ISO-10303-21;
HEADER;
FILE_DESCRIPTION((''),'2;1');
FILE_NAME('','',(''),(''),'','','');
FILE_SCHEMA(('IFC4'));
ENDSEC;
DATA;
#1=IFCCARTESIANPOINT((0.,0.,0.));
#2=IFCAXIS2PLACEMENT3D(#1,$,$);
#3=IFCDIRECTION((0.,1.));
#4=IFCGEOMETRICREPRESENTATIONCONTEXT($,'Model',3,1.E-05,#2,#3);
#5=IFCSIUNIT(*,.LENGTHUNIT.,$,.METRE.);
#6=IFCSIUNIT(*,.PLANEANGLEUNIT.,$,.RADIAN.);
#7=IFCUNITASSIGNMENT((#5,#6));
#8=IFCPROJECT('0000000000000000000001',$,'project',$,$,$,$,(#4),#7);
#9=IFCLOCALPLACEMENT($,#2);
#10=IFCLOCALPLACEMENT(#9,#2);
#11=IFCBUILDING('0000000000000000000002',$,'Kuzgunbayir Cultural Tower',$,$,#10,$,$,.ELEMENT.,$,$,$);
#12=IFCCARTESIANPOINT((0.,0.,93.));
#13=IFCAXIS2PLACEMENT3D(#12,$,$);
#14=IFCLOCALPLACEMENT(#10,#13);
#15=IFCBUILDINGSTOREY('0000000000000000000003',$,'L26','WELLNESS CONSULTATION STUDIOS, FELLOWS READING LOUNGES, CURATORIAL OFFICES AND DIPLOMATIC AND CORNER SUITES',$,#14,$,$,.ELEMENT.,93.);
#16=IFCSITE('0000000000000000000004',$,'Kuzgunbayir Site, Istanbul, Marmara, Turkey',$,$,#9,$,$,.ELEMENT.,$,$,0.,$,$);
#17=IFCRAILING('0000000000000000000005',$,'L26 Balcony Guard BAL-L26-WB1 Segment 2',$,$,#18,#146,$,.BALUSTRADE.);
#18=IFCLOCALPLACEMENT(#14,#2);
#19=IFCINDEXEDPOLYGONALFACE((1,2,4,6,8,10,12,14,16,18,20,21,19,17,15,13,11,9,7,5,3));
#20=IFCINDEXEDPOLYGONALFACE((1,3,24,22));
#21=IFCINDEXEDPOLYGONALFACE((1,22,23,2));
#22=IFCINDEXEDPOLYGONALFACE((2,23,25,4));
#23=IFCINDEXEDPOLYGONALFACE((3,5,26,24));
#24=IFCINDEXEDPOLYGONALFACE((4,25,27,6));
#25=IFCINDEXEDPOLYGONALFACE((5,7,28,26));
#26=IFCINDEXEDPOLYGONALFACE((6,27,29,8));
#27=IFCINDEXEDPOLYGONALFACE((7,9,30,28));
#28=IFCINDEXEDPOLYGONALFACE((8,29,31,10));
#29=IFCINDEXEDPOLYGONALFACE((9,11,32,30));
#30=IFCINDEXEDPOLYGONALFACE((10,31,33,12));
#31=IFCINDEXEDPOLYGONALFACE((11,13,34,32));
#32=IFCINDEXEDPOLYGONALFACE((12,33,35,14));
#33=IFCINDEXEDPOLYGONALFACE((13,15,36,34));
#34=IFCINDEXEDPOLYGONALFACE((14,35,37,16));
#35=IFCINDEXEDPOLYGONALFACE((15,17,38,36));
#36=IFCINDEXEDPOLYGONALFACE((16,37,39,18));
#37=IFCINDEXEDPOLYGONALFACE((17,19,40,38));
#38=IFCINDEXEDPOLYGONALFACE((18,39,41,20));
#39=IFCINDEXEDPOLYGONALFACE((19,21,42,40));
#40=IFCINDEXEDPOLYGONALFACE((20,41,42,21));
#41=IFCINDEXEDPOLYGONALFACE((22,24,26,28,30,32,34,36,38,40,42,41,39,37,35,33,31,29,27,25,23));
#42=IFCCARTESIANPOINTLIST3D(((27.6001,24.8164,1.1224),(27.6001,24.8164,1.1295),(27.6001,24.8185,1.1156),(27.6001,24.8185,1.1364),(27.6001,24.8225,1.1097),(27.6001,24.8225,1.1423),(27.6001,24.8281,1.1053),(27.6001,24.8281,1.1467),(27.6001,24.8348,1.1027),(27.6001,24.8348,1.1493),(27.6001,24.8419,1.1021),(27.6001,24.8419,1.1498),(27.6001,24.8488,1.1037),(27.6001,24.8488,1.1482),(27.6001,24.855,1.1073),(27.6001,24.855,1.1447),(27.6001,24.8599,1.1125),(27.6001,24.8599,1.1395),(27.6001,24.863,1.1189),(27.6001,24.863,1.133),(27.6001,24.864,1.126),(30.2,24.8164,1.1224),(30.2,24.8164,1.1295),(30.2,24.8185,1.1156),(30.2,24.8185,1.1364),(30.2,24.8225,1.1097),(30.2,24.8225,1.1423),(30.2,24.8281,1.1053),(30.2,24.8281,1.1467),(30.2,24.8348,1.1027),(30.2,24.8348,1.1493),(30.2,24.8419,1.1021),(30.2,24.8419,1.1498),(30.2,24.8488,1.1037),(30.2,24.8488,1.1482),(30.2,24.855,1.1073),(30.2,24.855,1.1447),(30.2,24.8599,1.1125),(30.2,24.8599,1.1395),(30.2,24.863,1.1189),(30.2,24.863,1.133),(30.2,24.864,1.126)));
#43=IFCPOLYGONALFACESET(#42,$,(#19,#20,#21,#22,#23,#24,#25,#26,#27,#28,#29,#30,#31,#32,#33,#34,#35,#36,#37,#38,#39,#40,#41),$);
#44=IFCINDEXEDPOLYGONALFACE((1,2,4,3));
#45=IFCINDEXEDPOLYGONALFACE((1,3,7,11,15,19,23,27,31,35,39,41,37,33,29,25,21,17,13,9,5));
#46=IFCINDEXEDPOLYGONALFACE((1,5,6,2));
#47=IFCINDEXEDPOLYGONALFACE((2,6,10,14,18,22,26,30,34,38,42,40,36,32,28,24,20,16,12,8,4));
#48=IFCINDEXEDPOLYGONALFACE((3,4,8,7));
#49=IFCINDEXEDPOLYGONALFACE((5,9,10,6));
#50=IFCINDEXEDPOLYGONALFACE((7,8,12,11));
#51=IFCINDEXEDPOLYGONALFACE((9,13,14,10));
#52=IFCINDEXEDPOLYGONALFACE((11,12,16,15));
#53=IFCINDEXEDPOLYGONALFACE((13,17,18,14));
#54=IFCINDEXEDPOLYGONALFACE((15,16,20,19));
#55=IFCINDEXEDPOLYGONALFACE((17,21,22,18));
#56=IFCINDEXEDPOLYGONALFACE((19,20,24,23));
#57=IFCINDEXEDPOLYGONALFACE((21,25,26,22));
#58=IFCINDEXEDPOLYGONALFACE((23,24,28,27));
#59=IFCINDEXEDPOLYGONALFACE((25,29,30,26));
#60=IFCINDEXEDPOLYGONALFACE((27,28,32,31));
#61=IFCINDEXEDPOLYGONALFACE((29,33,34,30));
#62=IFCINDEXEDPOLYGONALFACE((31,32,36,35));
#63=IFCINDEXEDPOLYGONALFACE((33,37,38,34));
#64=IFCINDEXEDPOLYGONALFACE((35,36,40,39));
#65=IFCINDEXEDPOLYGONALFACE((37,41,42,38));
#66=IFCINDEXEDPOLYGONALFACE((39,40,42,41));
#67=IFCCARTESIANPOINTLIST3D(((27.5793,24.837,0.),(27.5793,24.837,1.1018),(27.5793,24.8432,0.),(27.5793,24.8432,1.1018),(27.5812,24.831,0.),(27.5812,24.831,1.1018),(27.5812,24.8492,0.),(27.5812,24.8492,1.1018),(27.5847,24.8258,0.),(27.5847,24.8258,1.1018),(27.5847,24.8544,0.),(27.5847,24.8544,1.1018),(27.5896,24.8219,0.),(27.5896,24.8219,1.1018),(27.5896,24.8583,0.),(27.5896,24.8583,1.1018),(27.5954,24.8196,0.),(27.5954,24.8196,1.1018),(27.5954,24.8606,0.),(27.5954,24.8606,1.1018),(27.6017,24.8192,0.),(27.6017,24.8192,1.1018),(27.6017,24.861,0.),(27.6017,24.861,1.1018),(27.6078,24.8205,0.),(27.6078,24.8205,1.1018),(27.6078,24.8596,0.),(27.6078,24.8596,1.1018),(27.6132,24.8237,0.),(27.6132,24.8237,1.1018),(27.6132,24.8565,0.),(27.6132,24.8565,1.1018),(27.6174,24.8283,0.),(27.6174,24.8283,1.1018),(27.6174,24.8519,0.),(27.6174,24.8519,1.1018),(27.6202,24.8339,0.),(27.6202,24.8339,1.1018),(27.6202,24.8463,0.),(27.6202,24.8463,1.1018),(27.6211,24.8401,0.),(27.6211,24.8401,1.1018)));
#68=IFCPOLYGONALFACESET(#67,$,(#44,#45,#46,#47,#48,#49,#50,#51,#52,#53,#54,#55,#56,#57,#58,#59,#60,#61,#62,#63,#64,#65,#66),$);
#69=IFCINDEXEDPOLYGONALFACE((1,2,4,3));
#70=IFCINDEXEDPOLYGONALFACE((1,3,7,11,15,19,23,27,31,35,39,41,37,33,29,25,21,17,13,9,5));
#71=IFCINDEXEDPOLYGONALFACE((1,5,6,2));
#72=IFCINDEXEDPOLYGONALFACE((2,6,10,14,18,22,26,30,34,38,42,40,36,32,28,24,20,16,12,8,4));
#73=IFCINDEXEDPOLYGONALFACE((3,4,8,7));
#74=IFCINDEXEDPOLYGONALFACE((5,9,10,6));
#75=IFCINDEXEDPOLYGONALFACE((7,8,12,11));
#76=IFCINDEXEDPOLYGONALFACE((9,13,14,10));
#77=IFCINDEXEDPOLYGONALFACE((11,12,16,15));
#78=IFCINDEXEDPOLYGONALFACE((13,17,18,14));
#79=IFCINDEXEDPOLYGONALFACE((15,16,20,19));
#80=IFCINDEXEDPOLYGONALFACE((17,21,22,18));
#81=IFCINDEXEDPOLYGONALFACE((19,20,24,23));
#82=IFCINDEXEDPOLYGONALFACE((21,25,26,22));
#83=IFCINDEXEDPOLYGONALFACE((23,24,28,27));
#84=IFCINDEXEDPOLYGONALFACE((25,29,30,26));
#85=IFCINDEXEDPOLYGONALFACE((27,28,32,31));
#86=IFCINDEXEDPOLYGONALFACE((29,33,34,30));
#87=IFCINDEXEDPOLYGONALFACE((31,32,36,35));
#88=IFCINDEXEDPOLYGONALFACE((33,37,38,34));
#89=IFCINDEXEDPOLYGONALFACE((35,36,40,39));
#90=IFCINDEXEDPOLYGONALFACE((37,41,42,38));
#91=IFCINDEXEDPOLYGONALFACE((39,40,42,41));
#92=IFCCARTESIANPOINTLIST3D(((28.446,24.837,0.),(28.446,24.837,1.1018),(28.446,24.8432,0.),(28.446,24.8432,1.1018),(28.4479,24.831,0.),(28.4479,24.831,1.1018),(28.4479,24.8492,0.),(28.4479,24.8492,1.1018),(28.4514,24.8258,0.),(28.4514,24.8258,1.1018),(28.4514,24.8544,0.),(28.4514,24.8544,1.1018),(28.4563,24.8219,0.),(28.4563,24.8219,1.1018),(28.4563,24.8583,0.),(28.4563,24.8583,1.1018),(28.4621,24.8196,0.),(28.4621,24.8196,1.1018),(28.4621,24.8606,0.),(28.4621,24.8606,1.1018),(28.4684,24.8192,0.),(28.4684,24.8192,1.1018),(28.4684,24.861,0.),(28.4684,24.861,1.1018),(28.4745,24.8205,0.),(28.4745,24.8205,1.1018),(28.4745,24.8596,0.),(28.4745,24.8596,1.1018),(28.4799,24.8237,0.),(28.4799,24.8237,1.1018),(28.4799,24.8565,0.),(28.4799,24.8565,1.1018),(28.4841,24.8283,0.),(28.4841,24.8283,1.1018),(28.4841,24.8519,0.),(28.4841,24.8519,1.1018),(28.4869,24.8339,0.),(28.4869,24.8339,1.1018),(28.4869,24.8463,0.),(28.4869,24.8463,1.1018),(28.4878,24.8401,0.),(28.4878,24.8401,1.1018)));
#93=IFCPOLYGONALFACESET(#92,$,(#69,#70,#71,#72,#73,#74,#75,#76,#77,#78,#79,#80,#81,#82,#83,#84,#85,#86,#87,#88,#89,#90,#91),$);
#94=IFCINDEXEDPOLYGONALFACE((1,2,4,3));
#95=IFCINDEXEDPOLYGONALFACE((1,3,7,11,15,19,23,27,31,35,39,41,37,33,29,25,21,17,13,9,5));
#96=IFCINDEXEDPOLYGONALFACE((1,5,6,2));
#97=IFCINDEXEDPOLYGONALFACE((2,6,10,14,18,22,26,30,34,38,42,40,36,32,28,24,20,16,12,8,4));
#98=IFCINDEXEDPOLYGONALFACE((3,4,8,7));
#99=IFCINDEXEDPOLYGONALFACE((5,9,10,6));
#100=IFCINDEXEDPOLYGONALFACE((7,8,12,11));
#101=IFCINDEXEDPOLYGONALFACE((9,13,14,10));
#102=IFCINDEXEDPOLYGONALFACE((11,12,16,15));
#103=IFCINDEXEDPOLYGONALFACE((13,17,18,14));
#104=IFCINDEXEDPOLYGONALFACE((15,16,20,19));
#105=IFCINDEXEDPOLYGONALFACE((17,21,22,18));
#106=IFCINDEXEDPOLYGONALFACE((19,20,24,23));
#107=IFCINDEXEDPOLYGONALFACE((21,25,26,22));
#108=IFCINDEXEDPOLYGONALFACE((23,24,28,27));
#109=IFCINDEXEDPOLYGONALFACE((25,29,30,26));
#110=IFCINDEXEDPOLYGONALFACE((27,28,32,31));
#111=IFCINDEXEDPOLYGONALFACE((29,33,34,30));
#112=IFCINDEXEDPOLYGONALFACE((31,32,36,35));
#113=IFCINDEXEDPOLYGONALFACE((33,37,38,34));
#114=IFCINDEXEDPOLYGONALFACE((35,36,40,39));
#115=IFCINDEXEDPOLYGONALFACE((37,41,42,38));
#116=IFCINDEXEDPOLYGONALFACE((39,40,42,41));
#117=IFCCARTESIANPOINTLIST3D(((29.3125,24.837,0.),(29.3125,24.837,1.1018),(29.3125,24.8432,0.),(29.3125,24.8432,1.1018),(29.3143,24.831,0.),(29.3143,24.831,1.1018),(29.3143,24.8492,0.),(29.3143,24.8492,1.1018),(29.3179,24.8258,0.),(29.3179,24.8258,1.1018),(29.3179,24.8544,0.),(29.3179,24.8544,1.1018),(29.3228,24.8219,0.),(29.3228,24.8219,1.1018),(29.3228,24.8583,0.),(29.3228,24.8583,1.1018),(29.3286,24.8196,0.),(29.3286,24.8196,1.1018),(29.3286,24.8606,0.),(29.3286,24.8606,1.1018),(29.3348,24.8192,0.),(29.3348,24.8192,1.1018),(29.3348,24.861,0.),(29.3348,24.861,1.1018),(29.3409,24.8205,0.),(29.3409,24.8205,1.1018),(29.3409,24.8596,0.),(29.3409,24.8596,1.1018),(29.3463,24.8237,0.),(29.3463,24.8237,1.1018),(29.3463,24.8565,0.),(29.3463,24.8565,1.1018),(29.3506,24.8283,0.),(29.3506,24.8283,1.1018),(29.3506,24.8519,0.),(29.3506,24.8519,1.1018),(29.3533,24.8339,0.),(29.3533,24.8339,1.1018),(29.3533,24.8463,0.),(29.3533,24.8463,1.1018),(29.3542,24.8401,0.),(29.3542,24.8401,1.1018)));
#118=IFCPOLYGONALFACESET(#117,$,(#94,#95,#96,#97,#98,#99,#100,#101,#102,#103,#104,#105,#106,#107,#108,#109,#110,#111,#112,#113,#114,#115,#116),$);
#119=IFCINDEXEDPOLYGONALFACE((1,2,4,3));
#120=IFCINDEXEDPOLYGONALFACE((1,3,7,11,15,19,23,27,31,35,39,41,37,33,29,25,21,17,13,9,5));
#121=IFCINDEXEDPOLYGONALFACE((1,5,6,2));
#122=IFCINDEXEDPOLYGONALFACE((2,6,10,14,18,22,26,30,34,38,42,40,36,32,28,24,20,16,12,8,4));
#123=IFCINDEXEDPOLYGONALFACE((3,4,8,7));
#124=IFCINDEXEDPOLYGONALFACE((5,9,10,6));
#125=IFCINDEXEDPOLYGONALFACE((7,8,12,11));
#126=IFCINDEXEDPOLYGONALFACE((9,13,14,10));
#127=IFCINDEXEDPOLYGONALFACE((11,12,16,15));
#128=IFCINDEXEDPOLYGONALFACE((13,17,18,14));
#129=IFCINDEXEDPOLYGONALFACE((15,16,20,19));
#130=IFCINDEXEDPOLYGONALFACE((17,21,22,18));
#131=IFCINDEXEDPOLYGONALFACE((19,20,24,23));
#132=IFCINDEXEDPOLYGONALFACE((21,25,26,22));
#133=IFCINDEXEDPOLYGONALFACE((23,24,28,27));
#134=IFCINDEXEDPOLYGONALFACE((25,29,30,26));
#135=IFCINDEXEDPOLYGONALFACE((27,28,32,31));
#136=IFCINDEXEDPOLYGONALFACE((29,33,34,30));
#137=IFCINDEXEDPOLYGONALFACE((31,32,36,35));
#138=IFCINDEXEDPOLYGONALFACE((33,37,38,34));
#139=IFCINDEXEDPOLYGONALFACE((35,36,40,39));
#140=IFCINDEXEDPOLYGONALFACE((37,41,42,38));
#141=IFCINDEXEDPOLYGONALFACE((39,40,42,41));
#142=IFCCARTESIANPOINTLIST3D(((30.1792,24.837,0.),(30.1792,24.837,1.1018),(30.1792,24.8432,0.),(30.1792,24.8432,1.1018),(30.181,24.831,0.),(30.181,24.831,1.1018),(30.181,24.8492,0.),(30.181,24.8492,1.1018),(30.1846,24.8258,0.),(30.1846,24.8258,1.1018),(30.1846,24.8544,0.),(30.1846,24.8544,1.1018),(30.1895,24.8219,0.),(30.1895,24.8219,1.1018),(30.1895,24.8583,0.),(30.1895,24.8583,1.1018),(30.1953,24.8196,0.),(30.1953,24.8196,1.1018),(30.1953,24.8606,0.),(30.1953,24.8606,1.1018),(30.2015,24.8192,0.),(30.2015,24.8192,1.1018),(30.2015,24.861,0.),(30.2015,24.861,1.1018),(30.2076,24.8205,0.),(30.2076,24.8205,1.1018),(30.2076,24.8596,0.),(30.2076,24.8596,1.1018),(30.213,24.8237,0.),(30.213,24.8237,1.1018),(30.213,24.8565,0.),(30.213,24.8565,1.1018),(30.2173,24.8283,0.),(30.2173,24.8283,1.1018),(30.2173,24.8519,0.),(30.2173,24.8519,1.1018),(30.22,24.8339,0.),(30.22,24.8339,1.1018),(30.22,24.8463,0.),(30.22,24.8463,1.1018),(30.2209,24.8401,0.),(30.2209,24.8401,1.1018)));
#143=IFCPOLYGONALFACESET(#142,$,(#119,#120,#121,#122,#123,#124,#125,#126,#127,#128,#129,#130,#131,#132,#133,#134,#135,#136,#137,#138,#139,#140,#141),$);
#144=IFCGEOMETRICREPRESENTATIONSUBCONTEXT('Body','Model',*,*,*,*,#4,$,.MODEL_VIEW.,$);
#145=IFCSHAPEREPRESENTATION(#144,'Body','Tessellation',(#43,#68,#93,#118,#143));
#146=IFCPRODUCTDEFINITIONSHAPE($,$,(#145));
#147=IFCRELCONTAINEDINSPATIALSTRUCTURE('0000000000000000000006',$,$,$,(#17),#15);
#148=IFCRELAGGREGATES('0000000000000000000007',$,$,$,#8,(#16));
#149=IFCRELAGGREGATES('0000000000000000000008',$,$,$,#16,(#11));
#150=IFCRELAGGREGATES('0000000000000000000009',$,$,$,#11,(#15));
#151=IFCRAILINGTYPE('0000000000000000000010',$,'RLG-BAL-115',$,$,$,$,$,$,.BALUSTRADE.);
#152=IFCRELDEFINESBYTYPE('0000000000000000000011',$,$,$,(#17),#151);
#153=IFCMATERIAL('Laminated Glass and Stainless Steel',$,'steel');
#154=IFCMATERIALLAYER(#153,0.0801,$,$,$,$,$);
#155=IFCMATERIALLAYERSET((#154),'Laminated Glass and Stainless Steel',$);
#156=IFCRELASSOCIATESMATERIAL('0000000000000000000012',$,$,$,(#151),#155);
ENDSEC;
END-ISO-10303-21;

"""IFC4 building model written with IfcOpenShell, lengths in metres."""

from ifc_helpers import new_model, si_unit, direction, frame, origin, origin_2d, place, context, subcontext, project, spatial, circle, extrude, material, layer, layer_set, type_object, element, save


model = new_model("IFC4")

# Units and contexts
model_context = context("Model", 3, precision=1e-05, world=origin(), true_north=direction((0.0, 1.0)))
body_context = subcontext(model_context, "Body", "Model", "MODEL_VIEW")
ifc_project = project(units=[si_unit("LENGTHUNIT", "METRE"), si_unit("PLANEANGLEUNIT", "RADIAN")], contexts=[model_context])

# Site, building, storey
site_placement = place(None, origin())
site = spatial("IfcSite", under=ifc_project, at=site_placement, Name="Kuzgunbayir Site, Istanbul, Marmara, Turkey", CompositionType="ELEMENT", RefElevation=0.0)
building_placement = place(site_placement, origin())
building = spatial("IfcBuilding", under=site, at=building_placement, Name="Kuzgunbayir Cultural Tower", CompositionType="ELEMENT")
storey_placement = place(building_placement, frame((0.0, 0.0, 93.0)))
storey = spatial("IfcBuildingStorey", under=building, at=storey_placement, Name="L26", Description="WELLNESS CONSULTATION STUDIOS, FELLOWS READING LOUNGES, CURATORIAL OFFICES AND DIPLOMATIC AND CORNER SUITES", CompositionType="ELEMENT", Elevation=93.0)

# Railing
ifc_material_1 = material(Name="Laminated Glass and Stainless Steel", Category="steel")
ifc_layer_1 = layer(ifc_material_1, 0.0801)
ifc_layer_set_1 = layer_set([ifc_layer_1], Name="Laminated Glass and Stainless Steel")
railing_type = type_object("IfcRailingType", Name="RLG-BAL-115", PredefinedType="BALUSTRADE", material=ifc_layer_set_1)
railing_1_placement = place(storey_placement, frame((27.6001, 24.8401, 0.0)))
element("IfcRailing", 1, at=railing_1_placement, inside=storey, type_object=railing_type, Name="L26 Balcony Guard BAL-L26-WB1 Segment 2", PredefinedType="BALUSTRADE", context=body_context, shape_type="SweptSolid", body=[
    extrude(circle(Radius=0.0239, at=origin_2d()), frame((0.0, 0.0, 1.126), z_axis=(1.0, 0.0, 0.0), x_axis=(0.0, 1.0, 0.0)), (0.0, 0.0, 1.0), 2.5999),
    extrude(circle(Radius=0.021, at=origin_2d()), origin(), (0.0, 0.0, 1.0), 1.1018),
    extrude(circle(Radius=0.021, at=origin_2d()), frame((0.8667, 0.0, 0.0)), (0.0, 0.0, 1.0), 1.1018),
    extrude(circle(Radius=0.021, at=origin_2d()), frame((1.7332, 0.0, 0.0)), (0.0, 0.0, 1.0), 1.1018),
    extrude(circle(Radius=0.021, at=origin_2d()), frame((2.5999, 0.0, 0.0)), (0.0, 0.0, 1.0), 1.1018),
])

save(model, "model.ifc")
